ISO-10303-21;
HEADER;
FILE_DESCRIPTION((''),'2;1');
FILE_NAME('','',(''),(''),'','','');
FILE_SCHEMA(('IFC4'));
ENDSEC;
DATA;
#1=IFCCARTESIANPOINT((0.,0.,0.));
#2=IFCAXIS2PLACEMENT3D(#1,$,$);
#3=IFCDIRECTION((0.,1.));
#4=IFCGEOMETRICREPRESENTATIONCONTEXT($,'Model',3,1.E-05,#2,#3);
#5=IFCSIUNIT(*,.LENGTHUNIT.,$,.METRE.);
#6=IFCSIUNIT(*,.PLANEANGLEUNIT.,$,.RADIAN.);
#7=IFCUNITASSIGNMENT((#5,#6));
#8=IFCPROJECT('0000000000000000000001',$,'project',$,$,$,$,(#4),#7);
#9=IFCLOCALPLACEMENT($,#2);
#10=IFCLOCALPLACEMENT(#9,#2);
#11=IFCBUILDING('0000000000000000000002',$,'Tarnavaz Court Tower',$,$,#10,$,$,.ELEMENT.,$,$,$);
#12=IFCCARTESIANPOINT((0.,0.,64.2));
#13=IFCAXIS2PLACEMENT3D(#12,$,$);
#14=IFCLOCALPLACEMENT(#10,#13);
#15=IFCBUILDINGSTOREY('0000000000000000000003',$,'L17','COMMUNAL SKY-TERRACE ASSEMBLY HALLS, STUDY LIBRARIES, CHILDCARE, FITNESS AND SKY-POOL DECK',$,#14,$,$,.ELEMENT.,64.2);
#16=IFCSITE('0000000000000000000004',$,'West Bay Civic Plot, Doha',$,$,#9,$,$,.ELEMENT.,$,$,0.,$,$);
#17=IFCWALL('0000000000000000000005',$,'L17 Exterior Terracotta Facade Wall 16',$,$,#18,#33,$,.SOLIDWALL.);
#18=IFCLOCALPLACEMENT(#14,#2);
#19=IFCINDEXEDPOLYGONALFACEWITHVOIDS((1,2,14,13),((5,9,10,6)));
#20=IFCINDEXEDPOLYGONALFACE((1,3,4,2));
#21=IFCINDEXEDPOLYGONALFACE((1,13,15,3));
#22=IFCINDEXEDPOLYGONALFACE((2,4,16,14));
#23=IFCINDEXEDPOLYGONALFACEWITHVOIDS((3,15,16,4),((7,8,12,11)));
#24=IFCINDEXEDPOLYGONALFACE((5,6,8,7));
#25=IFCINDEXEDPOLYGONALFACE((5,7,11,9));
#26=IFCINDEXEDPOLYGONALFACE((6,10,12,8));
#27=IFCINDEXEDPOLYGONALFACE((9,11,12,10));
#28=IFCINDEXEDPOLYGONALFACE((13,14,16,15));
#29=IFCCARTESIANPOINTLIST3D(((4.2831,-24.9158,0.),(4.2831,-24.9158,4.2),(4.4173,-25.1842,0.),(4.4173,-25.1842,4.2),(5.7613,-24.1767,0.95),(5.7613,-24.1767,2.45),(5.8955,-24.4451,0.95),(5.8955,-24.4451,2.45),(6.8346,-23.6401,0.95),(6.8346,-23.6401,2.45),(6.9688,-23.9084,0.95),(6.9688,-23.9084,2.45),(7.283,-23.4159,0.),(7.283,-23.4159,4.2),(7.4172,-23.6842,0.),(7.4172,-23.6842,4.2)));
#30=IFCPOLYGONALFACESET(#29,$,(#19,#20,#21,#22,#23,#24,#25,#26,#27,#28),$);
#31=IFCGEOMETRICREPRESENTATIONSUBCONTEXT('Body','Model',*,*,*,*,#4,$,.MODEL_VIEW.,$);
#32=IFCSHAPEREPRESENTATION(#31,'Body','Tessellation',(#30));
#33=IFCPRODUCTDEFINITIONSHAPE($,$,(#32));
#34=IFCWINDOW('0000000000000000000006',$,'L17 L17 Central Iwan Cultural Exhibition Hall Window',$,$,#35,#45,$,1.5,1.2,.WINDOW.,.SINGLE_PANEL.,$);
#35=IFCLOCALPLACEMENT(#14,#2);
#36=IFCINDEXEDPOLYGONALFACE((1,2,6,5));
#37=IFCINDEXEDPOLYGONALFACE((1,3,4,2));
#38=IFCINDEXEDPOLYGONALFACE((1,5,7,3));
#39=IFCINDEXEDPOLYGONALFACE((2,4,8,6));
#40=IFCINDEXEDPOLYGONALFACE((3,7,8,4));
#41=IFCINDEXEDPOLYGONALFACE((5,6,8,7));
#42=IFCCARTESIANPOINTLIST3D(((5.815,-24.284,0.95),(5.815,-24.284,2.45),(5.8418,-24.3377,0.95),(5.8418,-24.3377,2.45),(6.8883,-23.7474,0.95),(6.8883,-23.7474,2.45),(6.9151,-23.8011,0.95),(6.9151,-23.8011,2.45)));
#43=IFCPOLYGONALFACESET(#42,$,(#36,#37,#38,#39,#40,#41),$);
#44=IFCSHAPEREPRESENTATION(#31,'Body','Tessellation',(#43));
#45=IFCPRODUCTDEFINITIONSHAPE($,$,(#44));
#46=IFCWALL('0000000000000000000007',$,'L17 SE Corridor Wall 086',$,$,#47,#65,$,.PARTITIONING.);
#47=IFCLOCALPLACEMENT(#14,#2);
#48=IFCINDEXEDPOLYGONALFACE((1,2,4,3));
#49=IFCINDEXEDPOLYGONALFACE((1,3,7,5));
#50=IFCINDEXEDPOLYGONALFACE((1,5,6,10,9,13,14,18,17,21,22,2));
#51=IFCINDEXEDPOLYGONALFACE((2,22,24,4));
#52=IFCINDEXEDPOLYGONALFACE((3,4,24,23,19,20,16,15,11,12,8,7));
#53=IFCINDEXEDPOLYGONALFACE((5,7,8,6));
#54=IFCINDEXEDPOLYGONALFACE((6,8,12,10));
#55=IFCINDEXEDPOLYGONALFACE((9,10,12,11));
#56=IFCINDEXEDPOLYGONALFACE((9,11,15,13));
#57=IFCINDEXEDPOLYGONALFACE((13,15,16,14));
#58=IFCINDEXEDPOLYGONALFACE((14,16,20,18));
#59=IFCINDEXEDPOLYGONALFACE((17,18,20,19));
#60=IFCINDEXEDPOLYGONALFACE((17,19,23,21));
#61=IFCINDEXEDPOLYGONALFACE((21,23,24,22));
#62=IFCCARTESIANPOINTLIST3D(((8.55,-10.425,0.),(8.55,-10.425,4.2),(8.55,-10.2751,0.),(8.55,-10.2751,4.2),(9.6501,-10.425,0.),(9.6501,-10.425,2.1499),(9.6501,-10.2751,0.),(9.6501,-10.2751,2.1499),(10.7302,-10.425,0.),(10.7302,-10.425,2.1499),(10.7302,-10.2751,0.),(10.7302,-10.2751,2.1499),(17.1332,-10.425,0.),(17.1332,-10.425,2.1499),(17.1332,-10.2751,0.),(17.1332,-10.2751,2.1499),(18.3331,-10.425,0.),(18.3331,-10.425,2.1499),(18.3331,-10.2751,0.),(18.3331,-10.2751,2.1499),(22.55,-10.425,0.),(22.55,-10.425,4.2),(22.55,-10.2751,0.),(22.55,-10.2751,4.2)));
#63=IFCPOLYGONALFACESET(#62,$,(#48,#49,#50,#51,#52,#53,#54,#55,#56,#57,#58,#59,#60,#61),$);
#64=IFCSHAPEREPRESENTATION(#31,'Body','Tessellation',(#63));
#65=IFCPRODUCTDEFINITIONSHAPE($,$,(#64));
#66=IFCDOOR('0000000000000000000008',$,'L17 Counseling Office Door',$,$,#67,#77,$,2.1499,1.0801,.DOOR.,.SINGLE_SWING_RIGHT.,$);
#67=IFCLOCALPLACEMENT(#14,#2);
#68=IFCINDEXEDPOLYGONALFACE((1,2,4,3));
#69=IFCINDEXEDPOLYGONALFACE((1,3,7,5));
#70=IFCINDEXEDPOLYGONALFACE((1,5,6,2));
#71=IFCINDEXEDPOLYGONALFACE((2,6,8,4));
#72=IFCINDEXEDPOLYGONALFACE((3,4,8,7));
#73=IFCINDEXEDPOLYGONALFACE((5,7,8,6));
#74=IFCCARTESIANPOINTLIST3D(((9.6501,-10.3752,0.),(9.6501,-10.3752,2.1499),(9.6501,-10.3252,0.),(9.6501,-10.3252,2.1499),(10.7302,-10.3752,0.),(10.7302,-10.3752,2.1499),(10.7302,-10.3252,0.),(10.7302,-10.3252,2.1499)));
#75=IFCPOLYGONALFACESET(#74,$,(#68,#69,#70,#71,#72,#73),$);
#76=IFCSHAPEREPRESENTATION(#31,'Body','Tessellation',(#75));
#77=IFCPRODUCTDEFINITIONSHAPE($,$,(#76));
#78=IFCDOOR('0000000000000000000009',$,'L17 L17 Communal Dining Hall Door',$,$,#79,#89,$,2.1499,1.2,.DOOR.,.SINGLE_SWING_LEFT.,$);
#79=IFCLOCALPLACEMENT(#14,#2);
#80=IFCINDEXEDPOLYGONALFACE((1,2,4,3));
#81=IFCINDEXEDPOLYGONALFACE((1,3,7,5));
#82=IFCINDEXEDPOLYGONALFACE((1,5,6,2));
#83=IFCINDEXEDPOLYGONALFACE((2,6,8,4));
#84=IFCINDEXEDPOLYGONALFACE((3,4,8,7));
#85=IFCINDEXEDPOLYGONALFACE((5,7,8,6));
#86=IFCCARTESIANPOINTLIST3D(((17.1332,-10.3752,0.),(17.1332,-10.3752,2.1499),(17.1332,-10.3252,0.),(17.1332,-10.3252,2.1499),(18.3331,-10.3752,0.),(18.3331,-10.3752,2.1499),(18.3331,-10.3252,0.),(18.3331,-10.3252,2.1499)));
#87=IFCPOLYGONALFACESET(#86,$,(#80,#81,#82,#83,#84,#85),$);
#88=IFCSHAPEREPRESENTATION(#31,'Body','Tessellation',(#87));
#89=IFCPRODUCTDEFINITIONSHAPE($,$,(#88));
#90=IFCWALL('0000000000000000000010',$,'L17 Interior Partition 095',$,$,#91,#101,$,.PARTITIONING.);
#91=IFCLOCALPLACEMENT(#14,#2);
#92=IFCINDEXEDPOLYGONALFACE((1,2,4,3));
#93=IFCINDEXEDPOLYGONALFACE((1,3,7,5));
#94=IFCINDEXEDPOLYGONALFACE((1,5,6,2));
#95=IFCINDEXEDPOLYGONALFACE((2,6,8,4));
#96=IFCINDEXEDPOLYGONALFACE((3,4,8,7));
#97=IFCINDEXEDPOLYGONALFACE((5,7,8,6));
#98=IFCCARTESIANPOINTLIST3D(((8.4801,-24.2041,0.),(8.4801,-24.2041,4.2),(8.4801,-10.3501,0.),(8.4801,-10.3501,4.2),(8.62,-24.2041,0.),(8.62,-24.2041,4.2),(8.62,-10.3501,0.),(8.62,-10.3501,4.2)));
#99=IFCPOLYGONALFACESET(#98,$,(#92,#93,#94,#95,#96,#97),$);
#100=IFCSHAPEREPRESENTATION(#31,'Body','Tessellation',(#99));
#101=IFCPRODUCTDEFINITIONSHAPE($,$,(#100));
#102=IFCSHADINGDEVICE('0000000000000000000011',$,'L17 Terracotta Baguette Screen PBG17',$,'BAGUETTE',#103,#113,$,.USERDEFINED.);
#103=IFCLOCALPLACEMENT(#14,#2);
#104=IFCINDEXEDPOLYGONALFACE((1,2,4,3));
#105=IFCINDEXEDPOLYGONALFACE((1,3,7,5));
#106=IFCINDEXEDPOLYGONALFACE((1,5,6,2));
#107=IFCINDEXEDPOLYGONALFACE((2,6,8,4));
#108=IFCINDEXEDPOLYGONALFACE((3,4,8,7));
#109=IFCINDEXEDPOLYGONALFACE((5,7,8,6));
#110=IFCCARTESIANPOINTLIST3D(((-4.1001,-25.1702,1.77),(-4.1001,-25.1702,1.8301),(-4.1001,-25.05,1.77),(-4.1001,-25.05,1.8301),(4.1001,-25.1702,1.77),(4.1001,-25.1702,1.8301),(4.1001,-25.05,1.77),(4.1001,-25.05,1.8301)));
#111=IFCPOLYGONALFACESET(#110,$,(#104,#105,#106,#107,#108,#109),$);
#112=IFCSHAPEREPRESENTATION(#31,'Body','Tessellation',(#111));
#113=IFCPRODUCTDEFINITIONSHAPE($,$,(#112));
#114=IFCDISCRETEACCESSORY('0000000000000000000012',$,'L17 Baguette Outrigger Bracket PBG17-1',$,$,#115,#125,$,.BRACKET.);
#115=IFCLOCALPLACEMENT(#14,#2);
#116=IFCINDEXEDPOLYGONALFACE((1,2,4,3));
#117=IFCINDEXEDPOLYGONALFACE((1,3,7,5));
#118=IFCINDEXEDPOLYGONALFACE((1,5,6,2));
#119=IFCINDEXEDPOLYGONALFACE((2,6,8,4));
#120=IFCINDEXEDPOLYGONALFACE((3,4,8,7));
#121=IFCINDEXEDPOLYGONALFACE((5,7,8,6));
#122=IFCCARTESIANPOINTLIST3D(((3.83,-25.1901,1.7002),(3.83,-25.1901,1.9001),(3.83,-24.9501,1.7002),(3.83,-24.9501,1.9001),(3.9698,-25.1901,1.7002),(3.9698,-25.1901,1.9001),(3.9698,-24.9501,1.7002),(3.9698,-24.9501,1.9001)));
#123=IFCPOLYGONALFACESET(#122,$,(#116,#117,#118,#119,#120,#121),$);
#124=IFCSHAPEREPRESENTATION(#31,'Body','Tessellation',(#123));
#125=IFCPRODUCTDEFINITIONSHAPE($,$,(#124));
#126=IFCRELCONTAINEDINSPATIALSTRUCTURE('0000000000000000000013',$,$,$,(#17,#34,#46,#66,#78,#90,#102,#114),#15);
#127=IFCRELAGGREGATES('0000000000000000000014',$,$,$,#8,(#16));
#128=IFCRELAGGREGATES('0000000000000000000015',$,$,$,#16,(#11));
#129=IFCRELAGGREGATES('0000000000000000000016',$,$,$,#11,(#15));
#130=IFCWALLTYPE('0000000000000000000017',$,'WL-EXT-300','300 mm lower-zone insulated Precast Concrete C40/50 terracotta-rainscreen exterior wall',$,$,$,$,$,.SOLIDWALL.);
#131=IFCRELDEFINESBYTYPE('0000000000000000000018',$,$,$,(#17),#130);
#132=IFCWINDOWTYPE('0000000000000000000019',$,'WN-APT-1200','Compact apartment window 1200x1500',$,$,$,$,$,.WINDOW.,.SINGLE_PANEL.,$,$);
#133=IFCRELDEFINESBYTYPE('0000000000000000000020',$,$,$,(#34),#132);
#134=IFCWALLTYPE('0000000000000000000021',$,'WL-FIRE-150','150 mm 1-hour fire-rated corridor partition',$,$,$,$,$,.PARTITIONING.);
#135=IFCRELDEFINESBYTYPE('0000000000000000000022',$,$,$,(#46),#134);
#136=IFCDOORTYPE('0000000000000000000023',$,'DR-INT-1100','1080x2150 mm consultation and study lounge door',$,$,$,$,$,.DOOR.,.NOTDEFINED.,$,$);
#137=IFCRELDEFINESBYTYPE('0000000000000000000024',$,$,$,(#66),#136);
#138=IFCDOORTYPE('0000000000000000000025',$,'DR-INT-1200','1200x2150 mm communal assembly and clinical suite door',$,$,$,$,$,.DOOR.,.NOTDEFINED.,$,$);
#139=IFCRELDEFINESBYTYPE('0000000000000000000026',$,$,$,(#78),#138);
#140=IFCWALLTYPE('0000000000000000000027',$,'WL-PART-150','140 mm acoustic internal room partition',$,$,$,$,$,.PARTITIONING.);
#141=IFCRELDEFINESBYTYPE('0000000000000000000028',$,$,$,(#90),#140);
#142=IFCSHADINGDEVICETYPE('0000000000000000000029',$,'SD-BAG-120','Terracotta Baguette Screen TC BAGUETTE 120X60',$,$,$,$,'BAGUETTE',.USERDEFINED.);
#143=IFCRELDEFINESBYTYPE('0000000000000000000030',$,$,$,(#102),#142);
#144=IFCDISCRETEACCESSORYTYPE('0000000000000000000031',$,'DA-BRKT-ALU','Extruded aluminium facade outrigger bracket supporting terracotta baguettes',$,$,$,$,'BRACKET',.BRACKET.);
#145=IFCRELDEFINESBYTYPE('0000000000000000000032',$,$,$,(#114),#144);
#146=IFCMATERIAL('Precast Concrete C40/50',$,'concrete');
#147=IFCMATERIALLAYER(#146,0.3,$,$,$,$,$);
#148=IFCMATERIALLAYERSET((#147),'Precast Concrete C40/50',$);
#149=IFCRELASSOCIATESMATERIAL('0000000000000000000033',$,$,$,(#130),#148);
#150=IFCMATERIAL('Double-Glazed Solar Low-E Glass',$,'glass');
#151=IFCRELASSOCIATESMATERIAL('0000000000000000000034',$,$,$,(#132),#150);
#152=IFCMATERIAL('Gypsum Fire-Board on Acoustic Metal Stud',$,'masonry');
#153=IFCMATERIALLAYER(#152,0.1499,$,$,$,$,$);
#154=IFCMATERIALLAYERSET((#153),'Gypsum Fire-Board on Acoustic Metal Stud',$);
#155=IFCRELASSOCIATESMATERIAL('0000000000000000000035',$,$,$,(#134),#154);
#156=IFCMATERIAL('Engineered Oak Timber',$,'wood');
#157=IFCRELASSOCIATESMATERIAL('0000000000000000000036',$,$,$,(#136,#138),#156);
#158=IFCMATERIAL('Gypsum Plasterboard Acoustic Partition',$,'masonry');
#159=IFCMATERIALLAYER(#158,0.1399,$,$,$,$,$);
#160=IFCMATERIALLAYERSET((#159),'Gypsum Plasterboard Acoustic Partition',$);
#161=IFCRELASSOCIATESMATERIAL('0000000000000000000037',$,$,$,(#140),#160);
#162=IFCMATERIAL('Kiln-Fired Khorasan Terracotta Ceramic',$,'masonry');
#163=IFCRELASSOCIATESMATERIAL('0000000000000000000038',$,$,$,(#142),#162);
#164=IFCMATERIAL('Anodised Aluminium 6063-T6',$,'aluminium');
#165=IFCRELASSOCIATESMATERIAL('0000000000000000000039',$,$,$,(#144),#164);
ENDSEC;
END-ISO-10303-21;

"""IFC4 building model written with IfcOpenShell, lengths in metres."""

from ifc_helpers import new_model, si_unit, direction, frame, frame_2d, origin, origin_2d, place, context, subcontext, project, spatial, rectangle, extrude, material, layer, layer_set, material_profile, profile_set, type_object, element, fill, save


model = new_model("IFC4")

# Units and contexts
model_context = context("Model", 3, precision=1e-05, world=origin(), true_north=direction((0.0, 1.0)))
body_context = subcontext(model_context, "Body", "Model", "MODEL_VIEW")
ifc_project = project(units=[si_unit("LENGTHUNIT", "METRE"), si_unit("PLANEANGLEUNIT", "RADIAN")], contexts=[model_context])

# Site, building, storey
site_placement = place(None, origin())
site = spatial("IfcSite", under=ifc_project, at=site_placement, Name="West Bay Civic Plot, Doha", CompositionType="ELEMENT", RefElevation=0.0)
building_placement = place(site_placement, origin())
building = spatial("IfcBuilding", under=site, at=building_placement, Name="Tarnavaz Court Tower", CompositionType="ELEMENT")
storey_placement = place(building_placement, frame((0.0, 0.0, 64.2)))
storey = spatial("IfcBuildingStorey", under=building, at=storey_placement, Name="L17", Description="COMMUNAL SKY-TERRACE ASSEMBLY HALLS, STUDY LIBRARIES, CHILDCARE, FITNESS AND SKY-POOL DECK", CompositionType="ELEMENT", Elevation=64.2)

# Shared definitions
ifc_material_1 = material(Name="Anodised Aluminium 6063-T6", Category="aluminium")

# Shared definitions
ifc_material_2 = material(Name="Double-Glazed Solar Low-E Glass", Category="glass")

# Wall, opening, window
ifc_material_3 = material(Name="Precast Concrete C40/50", Category="concrete")
ifc_layer_1 = layer(ifc_material_3, 0.3)
ifc_layer_set_1 = layer_set([ifc_layer_1], Name="Precast Concrete C40/50")
wall_type_1 = type_object("IfcWallType", Name="WL-EXT-300", Description="300 mm lower-zone insulated Precast Concrete C40/50 terracotta-rainscreen exterior wall", PredefinedType="SOLIDWALL", material=ifc_layer_set_1)
wall_1_placement = place(storey_placement, frame((7.3501, -23.55, 0.0), z_axis=(0.0, 0.0, 1.0), x_axis=(-0.894427, -0.447214, 0.0)))
wall_1 = element("IfcWall", 1, at=wall_1_placement, inside=storey, type_object=wall_type_1, Name="L17 Exterior Terracotta Facade Wall 16", PredefinedType="SOLIDWALL", context=body_context, shape_type="SweptSolid", body=[
    extrude(rectangle(XDim=3.354, YDim=0.3, at=frame_2d((1.677, 0.0))), origin(), (0.0, 0.0, 1.0), 4.2),
])
opening_1_placement = place(wall_1_placement, frame((0.5012, 0.0, 0.95)))
opening_1 = element("IfcOpeningElement", 2, at=opening_1_placement, cuts=wall_1, PredefinedType="OPENING", context=body_context, shape_type="SweptSolid", body=[
    extrude(rectangle(XDim=1.2, YDim=1.5, at=frame_2d((0.6001, 0.75))), frame((0.0, 0.1599, 0.0), z_axis=(0.0, -1.0, 0.0), x_axis=(1.0, 0.0, 0.0)), (0.0, 0.0, 1.0), 0.3201),
])
window_type = type_object("IfcWindowType", Name="WN-APT-1200", Description="Compact apartment window 1200x1500", PartitioningType="SINGLE_PANEL", PredefinedType="WINDOW", material=ifc_material_2)
window_placement = place(opening_1_placement, origin())
window = element("IfcWindow", 3, at=window_placement, inside=storey, type_object=window_type, Name="L17 L17 Central Iwan Cultural Exhibition Hall Window", OverallHeight=1.5, OverallWidth=1.2, PartitioningType="SINGLE_PANEL", PredefinedType="WINDOW", context=body_context, shape_type="SweptSolid", body=[
    extrude(rectangle(XDim=1.2, YDim=1.5, at=frame_2d((0.6001, 0.75))), frame((0.0, 0.03, 0.0), z_axis=(0.0, -1.0, 0.0), x_axis=(1.0, 0.0, 0.0)), (0.0, 0.0, 1.0), 0.0601),
])
fill(opening_1, window)

# Wall, openings, doors
ifc_material_4 = material(Name="Gypsum Fire-Board on Acoustic Metal Stud", Category="masonry")
ifc_layer_2 = layer(ifc_material_4, 0.1499)
ifc_layer_set_2 = layer_set([ifc_layer_2], Name="Gypsum Fire-Board on Acoustic Metal Stud")
wall_type_2 = type_object("IfcWallType", Name="WL-FIRE-150", Description="150 mm 1-hour fire-rated corridor partition", PredefinedType="PARTITIONING", material=ifc_layer_set_2)
wall_2_placement = place(storey_placement, frame((8.55, -10.3501, 0.0), z_axis=(0.0, 0.0, 1.0), x_axis=(1.0, 0.0, 0.0)))
wall_2 = element("IfcWall", 4, at=wall_2_placement, inside=storey, type_object=wall_type_2, Name="L17 SE Corridor Wall 086", PredefinedType="PARTITIONING", context=body_context, shape_type="SweptSolid", body=[
    extrude(rectangle(XDim=14.0, YDim=0.1499, at=frame_2d((7.0, 0.0))), origin(), (0.0, 0.0, 1.0), 4.2),
])
opening_2_placement = place(wall_2_placement, frame((1.1001, 0.0, 0.0)))
opening_2 = element("IfcOpeningElement", 5, at=opening_2_placement, cuts=wall_2, PredefinedType="OPENING", context=body_context, shape_type="SweptSolid", body=[
    extrude(rectangle(XDim=1.0801, YDim=2.1499, at=frame_2d((0.54, 1.075))), frame((0.0, 0.085, 0.0), z_axis=(0.0, -1.0, 0.0), x_axis=(1.0, 0.0, 0.0)), (0.0, 0.0, 1.0), 0.1699),
])
opening_3_placement = place(wall_2_placement, frame((8.583, 0.0, 0.0)))
opening_3 = element("IfcOpeningElement", 6, at=opening_3_placement, cuts=wall_2, PredefinedType="OPENING", context=body_context, shape_type="SweptSolid", body=[
    extrude(rectangle(XDim=1.2, YDim=2.1499, at=frame_2d((0.6001, 1.075))), frame((0.0, 0.085, 0.0), z_axis=(0.0, -1.0, 0.0), x_axis=(1.0, 0.0, 0.0)), (0.0, 0.0, 1.0), 0.1699),
])
ifc_material_5 = material(Name="Engineered Oak Timber", Category="wood")
door_type_1 = type_object("IfcDoorType", Name="DR-INT-1100", Description="1080x2150 mm consultation and study lounge door", OperationType="NOTDEFINED", PredefinedType="DOOR", material=ifc_material_5)
door_1_placement = place(opening_2_placement, origin())
door_1 = element("IfcDoor", 7, at=door_1_placement, inside=storey, type_object=door_type_1, Name="L17 Counseling Office Door", OperationType="SINGLE_SWING_RIGHT", OverallHeight=2.1499, OverallWidth=1.0801, PredefinedType="DOOR", context=body_context, shape_type="SweptSolid", body=[
    extrude(rectangle(XDim=1.0801, YDim=2.1499, at=frame_2d((0.54, 1.075))), frame((0.0, 0.0249, 0.0), z_axis=(0.0, -1.0, 0.0), x_axis=(1.0, 0.0, 0.0)), (0.0, 0.0, 1.0), 0.05),
])
fill(opening_2, door_1)
door_type_2 = type_object("IfcDoorType", Name="DR-INT-1200", Description="1200x2150 mm communal assembly and clinical suite door", OperationType="NOTDEFINED", PredefinedType="DOOR", material=ifc_material_5)
door_2_placement = place(opening_3_placement, origin())
door_2 = element("IfcDoor", 8, at=door_2_placement, inside=storey, type_object=door_type_2, Name="L17 L17 Communal Dining Hall Door", OperationType="SINGLE_SWING_LEFT", OverallHeight=2.1499, OverallWidth=1.2, PredefinedType="DOOR", context=body_context, shape_type="SweptSolid", body=[
    extrude(rectangle(XDim=1.2, YDim=2.1499, at=frame_2d((0.6001, 1.075))), frame((0.0, 0.0249, 0.0), z_axis=(0.0, -1.0, 0.0), x_axis=(1.0, 0.0, 0.0)), (0.0, 0.0, 1.0), 0.05),
])
fill(opening_3, door_2)

# Wall
ifc_material_6 = material(Name="Gypsum Plasterboard Acoustic Partition", Category="masonry")
ifc_layer_3 = layer(ifc_material_6, 0.1399)
ifc_layer_set_3 = layer_set([ifc_layer_3], Name="Gypsum Plasterboard Acoustic Partition")
wall_type_3 = type_object("IfcWallType", Name="WL-PART-150", Description="140 mm acoustic internal room partition", PredefinedType="PARTITIONING", material=ifc_layer_set_3)
wall_3_placement = place(storey_placement, frame((8.55, -24.2041, 0.0), z_axis=(0.0, 0.0, 1.0), x_axis=(0.0, 1.0, 0.0)))
element("IfcWall", 9, at=wall_3_placement, inside=storey, type_object=wall_type_3, Name="L17 Interior Partition 095", PredefinedType="PARTITIONING", context=body_context, shape_type="SweptSolid", body=[
    extrude(rectangle(XDim=13.854, YDim=0.1399, at=frame_2d((6.927, 0.0))), origin(), (0.0, 0.0, 1.0), 4.2),
])

# Shading device
ifc_material_7 = material(Name="Kiln-Fired Khorasan Terracotta Ceramic", Category="masonry")
ifc_material_profile_1 = material_profile(ifc_material_7, rectangle(XDim=0.1201, YDim=0.0601, at=origin_2d()), Name="TC BAGUETTE 120X60")
ifc_profile_set_1 = profile_set([ifc_material_profile_1], Name="Kiln-Fired Khorasan Terracotta Ceramic")
shading_device_type = type_object("IfcShadingDeviceType", Name="SD-BAG-120", Description="Terracotta Baguette Screen TC BAGUETTE 120X60", ElementType="BAGUETTE", PredefinedType="USERDEFINED", material=ifc_profile_set_1)
shading_device_placement = place(storey_placement, frame((4.1001, -25.1101, 1.8), z_axis=(-1.0, 0.0, 0.0), x_axis=(0.0, -1.0, 0.0)))
element("IfcShadingDevice", 10, at=shading_device_placement, inside=storey, type_object=shading_device_type, Name="L17 Terracotta Baguette Screen PBG17", ObjectType="BAGUETTE", PredefinedType="USERDEFINED", context=body_context, shape_type="SweptSolid", body=[
    extrude(rectangle(XDim=0.1201, YDim=0.0601, at=origin_2d()), origin(), (0.0, 0.0, 1.0), 8.2002),
])

# Discrete accessory
discrete_accessory_type = type_object("IfcDiscreteAccessoryType", Name="DA-BRKT-ALU", Description="Extruded aluminium facade outrigger bracket supporting terracotta baguettes", ElementType="BRACKET", PredefinedType="BRACKET", material=ifc_material_1)
discrete_accessory_placement = place(storey_placement, frame((3.8999, -25.0701, 1.7002), z_axis=(0.0, 0.0, 1.0), x_axis=(-1.0, 0.0, 0.0)))
element("IfcDiscreteAccessory", 11, at=discrete_accessory_placement, inside=storey, type_object=discrete_accessory_type, Name="L17 Baguette Outrigger Bracket PBG17-1", PredefinedType="BRACKET", context=body_context, shape_type="SweptSolid", body=[
    extrude(rectangle(XDim=0.1399, YDim=0.24, at=origin_2d()), origin(), (0.0, 0.0, 1.0), 0.2),
])

save(model, "model.ifc")
